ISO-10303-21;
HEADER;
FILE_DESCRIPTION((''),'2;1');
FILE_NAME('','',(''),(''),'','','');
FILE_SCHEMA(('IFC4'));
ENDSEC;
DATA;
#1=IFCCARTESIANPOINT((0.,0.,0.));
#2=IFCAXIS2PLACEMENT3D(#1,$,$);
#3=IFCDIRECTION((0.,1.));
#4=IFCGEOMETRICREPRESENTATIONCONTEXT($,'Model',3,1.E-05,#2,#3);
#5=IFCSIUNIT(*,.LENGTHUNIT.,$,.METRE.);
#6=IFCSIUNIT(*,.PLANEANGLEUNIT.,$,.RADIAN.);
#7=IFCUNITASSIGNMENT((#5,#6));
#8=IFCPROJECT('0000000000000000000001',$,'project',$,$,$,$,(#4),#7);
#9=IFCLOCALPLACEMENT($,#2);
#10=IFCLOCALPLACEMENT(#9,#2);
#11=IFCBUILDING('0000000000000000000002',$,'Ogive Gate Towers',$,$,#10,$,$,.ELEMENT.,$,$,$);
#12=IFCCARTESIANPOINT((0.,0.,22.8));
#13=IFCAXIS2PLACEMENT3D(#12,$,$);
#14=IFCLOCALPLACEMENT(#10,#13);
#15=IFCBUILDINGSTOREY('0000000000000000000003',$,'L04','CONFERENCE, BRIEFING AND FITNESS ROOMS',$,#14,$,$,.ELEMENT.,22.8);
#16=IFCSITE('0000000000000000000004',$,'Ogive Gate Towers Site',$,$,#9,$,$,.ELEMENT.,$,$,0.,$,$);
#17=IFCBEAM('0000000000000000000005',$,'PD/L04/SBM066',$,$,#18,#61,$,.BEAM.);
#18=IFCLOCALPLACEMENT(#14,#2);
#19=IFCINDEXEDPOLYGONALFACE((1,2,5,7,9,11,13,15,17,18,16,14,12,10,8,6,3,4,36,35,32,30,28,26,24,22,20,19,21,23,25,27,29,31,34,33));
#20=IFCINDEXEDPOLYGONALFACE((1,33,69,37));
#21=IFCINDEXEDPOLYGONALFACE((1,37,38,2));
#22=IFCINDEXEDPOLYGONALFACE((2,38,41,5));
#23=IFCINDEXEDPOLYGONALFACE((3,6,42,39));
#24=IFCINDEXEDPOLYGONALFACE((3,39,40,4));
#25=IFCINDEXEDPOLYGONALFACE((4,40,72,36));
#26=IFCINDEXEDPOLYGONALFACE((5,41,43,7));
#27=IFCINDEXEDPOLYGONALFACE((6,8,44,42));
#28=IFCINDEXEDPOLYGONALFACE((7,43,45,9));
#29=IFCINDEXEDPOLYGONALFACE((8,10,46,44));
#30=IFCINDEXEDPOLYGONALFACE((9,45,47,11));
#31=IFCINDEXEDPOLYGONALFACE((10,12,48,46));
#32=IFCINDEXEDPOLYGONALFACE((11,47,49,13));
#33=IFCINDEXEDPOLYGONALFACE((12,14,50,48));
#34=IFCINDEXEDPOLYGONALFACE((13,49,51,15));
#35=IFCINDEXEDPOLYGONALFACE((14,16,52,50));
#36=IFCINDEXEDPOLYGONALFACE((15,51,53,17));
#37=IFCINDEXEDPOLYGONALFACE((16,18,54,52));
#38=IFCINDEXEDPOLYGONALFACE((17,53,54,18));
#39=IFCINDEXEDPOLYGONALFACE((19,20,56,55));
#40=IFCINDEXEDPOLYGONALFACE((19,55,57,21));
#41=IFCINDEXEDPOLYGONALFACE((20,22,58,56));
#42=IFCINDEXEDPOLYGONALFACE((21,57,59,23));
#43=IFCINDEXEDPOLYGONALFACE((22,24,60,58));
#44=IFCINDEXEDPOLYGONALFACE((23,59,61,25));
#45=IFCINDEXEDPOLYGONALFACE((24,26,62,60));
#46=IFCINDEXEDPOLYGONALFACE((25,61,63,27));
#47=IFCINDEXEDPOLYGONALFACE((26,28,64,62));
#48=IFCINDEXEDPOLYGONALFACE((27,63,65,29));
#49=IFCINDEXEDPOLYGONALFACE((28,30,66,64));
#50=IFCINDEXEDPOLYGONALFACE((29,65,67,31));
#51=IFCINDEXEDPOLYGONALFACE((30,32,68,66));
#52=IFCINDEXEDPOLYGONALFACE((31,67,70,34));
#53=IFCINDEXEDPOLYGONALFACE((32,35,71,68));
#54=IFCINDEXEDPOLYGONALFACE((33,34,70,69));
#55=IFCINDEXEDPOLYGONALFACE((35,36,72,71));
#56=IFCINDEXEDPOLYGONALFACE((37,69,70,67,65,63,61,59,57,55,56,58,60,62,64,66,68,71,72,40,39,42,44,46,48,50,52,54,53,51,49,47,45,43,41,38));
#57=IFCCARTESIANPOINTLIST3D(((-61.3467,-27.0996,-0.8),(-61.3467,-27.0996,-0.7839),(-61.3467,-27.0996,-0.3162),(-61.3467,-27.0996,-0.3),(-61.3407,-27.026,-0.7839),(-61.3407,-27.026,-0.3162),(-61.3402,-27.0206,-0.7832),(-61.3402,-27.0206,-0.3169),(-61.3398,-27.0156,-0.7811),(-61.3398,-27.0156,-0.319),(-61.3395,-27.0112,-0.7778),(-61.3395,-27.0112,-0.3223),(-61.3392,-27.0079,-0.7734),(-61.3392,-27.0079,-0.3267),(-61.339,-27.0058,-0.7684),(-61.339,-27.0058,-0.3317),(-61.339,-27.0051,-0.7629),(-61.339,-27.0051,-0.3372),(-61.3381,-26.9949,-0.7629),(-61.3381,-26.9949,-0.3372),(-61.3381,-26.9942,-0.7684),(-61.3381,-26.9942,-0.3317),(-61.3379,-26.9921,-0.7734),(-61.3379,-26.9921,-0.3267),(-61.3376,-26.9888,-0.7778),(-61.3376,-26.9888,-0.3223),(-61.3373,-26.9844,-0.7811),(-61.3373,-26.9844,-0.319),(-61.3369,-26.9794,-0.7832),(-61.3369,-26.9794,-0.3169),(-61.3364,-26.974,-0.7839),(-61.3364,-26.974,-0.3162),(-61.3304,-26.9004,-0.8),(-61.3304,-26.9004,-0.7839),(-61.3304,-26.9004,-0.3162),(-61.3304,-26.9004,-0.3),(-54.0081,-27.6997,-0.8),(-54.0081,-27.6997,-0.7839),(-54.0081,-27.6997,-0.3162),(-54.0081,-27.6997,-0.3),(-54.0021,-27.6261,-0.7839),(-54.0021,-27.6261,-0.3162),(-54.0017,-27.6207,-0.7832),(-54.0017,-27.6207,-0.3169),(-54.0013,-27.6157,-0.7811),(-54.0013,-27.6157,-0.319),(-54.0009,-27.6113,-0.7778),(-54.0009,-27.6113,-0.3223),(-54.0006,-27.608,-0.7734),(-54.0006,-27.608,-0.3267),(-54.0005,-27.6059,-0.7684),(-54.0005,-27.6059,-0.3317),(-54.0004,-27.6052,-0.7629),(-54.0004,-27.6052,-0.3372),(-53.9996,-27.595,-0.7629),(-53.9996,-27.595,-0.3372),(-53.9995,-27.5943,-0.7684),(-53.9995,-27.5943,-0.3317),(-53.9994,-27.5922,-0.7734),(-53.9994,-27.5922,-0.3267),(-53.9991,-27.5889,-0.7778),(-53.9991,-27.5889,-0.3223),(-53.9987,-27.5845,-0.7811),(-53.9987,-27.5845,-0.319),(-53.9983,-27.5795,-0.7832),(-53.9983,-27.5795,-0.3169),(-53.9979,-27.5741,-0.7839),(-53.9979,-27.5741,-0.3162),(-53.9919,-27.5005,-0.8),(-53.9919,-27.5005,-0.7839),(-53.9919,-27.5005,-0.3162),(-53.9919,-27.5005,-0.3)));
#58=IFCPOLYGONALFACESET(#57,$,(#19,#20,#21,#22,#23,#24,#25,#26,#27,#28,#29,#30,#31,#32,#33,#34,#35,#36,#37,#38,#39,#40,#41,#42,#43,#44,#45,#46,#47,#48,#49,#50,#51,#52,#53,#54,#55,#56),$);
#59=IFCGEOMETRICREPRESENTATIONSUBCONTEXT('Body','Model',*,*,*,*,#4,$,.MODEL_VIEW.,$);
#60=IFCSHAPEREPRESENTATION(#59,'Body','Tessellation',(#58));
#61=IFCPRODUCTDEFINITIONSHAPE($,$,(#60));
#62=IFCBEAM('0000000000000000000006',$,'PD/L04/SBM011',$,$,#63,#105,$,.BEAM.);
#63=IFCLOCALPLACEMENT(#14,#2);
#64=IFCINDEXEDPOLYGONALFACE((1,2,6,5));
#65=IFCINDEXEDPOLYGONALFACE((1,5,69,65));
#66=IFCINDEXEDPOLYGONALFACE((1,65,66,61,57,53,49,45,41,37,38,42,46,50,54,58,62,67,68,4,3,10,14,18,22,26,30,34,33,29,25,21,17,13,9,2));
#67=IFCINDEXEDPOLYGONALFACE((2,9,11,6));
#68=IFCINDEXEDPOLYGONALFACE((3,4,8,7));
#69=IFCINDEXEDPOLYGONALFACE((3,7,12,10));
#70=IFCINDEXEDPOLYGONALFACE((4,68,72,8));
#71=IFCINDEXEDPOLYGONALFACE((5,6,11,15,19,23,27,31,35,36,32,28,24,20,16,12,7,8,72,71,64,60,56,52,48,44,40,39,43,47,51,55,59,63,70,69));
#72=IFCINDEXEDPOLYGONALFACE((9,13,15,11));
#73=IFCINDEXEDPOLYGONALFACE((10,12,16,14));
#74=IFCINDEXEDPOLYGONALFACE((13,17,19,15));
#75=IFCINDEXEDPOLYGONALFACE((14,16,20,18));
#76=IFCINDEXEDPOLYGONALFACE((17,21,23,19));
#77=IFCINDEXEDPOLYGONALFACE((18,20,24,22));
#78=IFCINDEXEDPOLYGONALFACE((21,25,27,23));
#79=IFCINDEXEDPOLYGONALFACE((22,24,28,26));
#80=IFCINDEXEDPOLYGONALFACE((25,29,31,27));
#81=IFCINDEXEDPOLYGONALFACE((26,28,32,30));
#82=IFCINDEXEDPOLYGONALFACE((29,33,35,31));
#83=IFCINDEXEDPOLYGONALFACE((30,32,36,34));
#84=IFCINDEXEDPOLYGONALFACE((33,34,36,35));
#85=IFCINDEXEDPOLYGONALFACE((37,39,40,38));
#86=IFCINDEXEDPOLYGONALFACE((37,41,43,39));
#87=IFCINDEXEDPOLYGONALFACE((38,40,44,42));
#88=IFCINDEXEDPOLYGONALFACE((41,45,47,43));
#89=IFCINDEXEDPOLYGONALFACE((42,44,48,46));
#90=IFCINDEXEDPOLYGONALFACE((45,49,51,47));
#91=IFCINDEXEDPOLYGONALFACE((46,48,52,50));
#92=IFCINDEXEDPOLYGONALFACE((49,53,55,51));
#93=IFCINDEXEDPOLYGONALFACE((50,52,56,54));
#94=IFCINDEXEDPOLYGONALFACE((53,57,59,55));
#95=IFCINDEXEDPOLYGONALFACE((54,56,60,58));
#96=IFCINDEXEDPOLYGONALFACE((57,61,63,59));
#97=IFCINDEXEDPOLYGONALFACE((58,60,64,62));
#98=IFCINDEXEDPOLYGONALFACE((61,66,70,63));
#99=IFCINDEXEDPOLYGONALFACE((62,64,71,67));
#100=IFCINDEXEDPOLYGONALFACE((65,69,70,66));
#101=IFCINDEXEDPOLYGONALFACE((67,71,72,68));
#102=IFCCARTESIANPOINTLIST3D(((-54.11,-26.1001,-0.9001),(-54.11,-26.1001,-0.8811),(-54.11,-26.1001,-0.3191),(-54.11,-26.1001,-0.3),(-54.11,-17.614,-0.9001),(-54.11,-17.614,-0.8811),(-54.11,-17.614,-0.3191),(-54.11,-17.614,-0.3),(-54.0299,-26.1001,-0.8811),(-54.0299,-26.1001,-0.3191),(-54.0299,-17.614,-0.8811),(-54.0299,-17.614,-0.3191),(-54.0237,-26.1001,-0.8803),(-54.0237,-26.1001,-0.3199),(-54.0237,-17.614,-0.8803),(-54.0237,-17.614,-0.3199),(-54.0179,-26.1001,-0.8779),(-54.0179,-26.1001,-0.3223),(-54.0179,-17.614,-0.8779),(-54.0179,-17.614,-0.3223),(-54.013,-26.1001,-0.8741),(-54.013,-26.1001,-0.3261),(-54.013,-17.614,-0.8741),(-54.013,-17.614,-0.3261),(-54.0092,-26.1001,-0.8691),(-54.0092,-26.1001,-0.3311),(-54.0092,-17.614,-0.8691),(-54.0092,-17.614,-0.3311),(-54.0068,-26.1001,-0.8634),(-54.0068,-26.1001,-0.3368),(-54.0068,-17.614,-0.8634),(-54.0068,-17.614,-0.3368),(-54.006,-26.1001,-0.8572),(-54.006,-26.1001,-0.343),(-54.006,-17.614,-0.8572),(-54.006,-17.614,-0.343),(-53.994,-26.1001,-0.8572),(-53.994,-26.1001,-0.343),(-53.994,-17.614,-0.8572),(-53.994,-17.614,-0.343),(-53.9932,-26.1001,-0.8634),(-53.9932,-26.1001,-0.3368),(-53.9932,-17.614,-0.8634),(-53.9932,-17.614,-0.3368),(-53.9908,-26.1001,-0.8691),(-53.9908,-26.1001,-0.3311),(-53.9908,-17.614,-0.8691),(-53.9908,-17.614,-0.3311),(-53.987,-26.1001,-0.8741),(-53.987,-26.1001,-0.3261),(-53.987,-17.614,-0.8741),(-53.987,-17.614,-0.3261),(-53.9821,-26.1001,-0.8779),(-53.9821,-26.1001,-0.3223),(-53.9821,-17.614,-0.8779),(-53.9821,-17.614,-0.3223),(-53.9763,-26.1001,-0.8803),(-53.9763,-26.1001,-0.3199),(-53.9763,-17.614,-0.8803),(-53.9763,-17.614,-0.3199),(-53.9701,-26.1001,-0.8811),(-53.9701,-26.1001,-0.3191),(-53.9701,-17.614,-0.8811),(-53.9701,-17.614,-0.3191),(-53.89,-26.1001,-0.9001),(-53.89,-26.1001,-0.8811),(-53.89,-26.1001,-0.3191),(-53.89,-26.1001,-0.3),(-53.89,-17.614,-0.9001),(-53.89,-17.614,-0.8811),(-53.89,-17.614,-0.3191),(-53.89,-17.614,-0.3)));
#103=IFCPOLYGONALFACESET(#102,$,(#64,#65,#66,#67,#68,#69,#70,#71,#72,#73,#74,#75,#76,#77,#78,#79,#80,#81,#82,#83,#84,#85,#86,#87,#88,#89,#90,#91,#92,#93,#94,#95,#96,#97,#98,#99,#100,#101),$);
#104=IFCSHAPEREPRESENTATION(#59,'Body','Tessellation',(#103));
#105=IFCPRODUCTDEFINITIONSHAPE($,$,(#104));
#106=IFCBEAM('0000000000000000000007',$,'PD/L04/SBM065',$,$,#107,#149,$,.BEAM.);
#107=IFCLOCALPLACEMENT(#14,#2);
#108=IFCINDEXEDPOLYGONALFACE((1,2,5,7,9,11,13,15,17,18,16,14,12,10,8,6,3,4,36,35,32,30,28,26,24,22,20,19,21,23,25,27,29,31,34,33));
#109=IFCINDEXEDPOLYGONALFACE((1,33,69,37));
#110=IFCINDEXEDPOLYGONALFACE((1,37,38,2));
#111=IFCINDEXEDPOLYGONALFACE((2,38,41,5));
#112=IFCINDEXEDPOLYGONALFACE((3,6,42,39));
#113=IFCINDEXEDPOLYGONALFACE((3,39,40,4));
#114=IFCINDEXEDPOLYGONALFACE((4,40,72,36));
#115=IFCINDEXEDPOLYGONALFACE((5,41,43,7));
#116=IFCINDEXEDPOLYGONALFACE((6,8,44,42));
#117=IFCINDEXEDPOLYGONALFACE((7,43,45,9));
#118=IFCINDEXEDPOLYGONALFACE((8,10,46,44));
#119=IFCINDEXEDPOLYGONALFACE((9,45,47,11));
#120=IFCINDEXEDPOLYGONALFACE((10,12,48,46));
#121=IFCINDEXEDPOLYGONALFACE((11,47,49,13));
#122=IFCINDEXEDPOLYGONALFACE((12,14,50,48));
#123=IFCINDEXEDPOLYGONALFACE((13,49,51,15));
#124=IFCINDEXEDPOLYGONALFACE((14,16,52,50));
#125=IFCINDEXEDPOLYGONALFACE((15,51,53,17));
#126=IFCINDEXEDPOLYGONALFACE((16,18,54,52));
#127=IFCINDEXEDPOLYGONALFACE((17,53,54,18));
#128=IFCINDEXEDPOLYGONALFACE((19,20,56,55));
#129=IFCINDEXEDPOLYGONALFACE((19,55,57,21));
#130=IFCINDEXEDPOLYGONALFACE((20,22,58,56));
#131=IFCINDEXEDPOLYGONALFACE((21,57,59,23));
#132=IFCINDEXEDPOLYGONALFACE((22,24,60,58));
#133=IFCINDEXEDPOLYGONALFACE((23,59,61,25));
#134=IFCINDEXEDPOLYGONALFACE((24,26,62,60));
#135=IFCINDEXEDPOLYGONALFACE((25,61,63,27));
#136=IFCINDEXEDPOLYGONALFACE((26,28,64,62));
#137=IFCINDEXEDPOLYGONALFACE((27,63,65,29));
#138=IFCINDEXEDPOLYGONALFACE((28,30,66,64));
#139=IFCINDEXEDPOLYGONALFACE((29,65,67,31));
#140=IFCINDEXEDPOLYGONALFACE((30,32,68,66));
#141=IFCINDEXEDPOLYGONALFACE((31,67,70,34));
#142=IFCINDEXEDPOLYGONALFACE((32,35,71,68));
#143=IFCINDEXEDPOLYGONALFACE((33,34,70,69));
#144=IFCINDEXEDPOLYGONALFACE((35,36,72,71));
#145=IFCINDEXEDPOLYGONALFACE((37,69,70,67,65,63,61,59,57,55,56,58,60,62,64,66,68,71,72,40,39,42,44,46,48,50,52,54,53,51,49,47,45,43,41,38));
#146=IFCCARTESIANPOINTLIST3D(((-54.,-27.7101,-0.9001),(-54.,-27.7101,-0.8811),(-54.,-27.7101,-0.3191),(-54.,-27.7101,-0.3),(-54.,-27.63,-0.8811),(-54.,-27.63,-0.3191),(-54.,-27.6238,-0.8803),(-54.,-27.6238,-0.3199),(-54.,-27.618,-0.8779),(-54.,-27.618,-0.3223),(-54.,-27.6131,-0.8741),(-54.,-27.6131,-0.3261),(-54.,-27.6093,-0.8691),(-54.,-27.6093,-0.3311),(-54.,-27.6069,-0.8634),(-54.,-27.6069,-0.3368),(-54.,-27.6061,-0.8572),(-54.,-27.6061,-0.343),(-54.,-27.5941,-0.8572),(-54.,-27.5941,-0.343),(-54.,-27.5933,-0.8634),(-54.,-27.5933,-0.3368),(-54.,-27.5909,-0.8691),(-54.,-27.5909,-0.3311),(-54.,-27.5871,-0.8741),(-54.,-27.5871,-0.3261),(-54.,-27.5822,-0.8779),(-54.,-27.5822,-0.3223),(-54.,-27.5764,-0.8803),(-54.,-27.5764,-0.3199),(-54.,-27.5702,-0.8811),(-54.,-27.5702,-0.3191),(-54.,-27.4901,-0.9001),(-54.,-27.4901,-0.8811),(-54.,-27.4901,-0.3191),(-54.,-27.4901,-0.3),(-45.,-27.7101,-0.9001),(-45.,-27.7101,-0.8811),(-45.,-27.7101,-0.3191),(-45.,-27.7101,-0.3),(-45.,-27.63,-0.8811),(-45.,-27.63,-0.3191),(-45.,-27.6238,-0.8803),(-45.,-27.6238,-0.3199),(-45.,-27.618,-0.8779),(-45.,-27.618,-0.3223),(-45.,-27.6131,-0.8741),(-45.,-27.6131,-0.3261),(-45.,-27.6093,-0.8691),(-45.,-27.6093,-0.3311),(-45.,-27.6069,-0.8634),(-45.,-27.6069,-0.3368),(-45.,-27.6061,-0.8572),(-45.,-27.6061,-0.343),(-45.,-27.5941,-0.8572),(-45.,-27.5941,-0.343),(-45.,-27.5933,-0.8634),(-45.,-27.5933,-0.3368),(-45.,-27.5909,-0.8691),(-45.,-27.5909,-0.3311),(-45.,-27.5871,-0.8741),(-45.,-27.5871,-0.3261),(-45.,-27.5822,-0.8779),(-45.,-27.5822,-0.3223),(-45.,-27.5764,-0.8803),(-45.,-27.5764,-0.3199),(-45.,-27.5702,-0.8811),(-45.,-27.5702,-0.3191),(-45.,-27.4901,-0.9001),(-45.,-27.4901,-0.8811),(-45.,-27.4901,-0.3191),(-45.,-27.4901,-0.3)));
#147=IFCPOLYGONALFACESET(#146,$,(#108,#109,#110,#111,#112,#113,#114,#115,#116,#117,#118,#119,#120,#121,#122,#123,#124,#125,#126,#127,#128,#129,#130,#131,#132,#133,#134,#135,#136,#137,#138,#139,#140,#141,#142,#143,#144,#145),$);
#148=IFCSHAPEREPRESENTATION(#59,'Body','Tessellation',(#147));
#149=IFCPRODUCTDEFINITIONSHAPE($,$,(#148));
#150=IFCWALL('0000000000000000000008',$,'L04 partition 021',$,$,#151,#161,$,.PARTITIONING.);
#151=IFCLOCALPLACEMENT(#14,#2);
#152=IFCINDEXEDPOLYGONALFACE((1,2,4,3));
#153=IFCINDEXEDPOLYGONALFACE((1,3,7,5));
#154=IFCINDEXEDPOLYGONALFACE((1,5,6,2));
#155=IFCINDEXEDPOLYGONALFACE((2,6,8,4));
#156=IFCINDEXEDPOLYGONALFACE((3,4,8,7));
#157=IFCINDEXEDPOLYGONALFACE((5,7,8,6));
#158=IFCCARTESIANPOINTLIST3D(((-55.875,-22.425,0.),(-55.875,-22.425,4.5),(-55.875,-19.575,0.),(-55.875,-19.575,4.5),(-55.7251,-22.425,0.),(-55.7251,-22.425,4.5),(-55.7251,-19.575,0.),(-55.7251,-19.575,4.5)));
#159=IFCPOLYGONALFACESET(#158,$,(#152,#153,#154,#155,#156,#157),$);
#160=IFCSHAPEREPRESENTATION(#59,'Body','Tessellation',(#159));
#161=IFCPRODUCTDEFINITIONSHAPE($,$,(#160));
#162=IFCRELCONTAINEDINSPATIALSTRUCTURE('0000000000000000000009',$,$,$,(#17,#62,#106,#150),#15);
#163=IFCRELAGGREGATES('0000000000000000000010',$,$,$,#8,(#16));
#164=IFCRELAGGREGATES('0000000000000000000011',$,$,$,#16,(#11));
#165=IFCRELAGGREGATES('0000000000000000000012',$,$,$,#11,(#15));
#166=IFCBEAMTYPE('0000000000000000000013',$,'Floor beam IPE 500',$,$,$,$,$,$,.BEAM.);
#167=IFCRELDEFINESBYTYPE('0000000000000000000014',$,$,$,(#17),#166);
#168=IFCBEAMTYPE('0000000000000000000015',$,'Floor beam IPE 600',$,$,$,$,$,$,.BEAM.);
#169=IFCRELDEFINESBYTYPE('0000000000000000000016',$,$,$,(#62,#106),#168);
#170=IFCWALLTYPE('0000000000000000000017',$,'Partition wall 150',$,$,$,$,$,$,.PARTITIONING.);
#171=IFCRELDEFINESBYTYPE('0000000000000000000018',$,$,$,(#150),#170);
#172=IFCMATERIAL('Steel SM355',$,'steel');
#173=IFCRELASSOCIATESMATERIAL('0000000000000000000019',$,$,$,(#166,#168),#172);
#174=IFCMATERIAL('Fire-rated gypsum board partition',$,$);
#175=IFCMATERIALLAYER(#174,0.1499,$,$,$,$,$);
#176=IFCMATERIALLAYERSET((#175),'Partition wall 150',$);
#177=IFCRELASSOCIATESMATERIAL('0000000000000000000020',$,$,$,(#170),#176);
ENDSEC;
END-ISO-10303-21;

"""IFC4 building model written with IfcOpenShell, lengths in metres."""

from ifc_helpers import new_model, si_unit, direction, frame, frame_2d, origin, origin_2d, place, context, subcontext, project, spatial, rectangle, i_section, extrude, material, layer, layer_set, material_profile, profile_set, type_object, element, save


model = new_model("IFC4")

# Units and contexts
model_context = context("Model", 3, precision=1e-05, world=origin(), true_north=direction((0.0, 1.0)))
body_context = subcontext(model_context, "Body", "Model", "MODEL_VIEW")
ifc_project = project(units=[si_unit("LENGTHUNIT", "METRE"), si_unit("PLANEANGLEUNIT", "RADIAN")], contexts=[model_context])

# Site, building, storey
site_placement = place(None, origin())
site = spatial("IfcSite", under=ifc_project, at=site_placement, Name="Ogive Gate Towers Site", CompositionType="ELEMENT", RefElevation=0.0)
building_placement = place(site_placement, origin())
building = spatial("IfcBuilding", under=site, at=building_placement, Name="Ogive Gate Towers", CompositionType="ELEMENT")
storey_placement = place(building_placement, frame((0.0, 0.0, 22.8)))
storey = spatial("IfcBuildingStorey", under=building, at=storey_placement, Name="L04", Description="CONFERENCE, BRIEFING AND FITNESS ROOMS", CompositionType="ELEMENT", Elevation=22.8)

# Beams
ifc_material_1 = material(Name="Steel SM355", Category="steel")
ifc_material_profile_1 = material_profile(ifc_material_1, i_section(OverallWidth=0.2, OverallDepth=0.5, WebThickness=0.0103, FlangeThickness=0.0161, FilletRadius=0.021, at=origin_2d()), Name="IPE 500")
ifc_profile_set_1 = profile_set([ifc_material_profile_1], Name="Steel SM355")
beam_type_1 = type_object("IfcBeamType", Name="Floor beam IPE 500", PredefinedType="BEAM", material=ifc_profile_set_1)
beam_1_placement = place(storey_placement, frame((-54.0, -27.6001, -0.55), z_axis=(-0.996673, 0.0815, 0.0), x_axis=(-0.0815, -0.996673, 0.0)))
element("IfcBeam", 1, at=beam_1_placement, inside=storey, type_object=beam_type_1, Name="PD/L04/SBM066", PredefinedType="BEAM", context=body_context, shape_type="SweptSolid", body=[
    extrude(i_section(OverallWidth=0.2, OverallDepth=0.5, WebThickness=0.0103, FlangeThickness=0.0161, FilletRadius=0.021, at=origin_2d()), origin(), (0.0, 0.0, 1.0), 7.363),
])
ifc_material_profile_2 = material_profile(ifc_material_1, i_section(OverallWidth=0.22, OverallDepth=0.6001, WebThickness=0.012, FlangeThickness=0.019, FilletRadius=0.0239, at=origin_2d()), Name="IPE 600")
ifc_profile_set_2 = profile_set([ifc_material_profile_2], Name="Steel SM355")
beam_type_2 = type_object("IfcBeamType", Name="Floor beam IPE 600", PredefinedType="BEAM", material=ifc_profile_set_2)
beam_2_placement = place(storey_placement, frame((-54.0, -26.1001, -0.6001), z_axis=(0.0, 1.0, 0.0), x_axis=(-1.0, 0.0, 0.0)))
element("IfcBeam", 2, at=beam_2_placement, inside=storey, type_object=beam_type_2, Name="PD/L04/SBM011", PredefinedType="BEAM", context=body_context, shape_type="SweptSolid", body=[
    extrude(i_section(OverallWidth=0.22, OverallDepth=0.6001, WebThickness=0.012, FlangeThickness=0.019, FilletRadius=0.0239, at=origin_2d()), origin(), (0.0, 0.0, 1.0), 8.4861),
])
beam_3_placement = place(storey_placement, frame((-45.0, -27.6001, -0.6001), z_axis=(-1.0, 0.0, 0.0), x_axis=(0.0, -1.0, 0.0)))
element("IfcBeam", 3, at=beam_3_placement, inside=storey, type_object=beam_type_2, Name="PD/L04/SBM065", PredefinedType="BEAM", context=body_context, shape_type="SweptSolid", body=[
    extrude(i_section(OverallWidth=0.22, OverallDepth=0.6001, WebThickness=0.012, FlangeThickness=0.019, FilletRadius=0.0239, at=origin_2d()), origin(), (0.0, 0.0, 1.0), 9.0),
])

# Wall
ifc_material_2 = material(Name="Fire-rated gypsum board partition")
ifc_layer_1 = layer(ifc_material_2, 0.1499)
ifc_layer_set_1 = layer_set([ifc_layer_1], Name="Partition wall 150")
wall_type_1 = type_object("IfcWallType", Name="Partition wall 150", PredefinedType="PARTITIONING", material=ifc_layer_set_1)
wall_1_placement = place(storey_placement, frame((-55.8, -22.425, 0.0), z_axis=(0.0, 0.0, 1.0), x_axis=(0.0, 1.0, 0.0)))
element("IfcWall", 4, at=wall_1_placement, inside=storey, type_object=wall_type_1, Name="L04 partition 021", PredefinedType="PARTITIONING", context=body_context, shape_type="SweptSolid", body=[
    extrude(rectangle(XDim=2.8501, YDim=0.1499, at=frame_2d((1.425, 0.0))), origin(), (0.0, 0.0, 1.0), 4.5),
])

save(model, "model.ifc")
